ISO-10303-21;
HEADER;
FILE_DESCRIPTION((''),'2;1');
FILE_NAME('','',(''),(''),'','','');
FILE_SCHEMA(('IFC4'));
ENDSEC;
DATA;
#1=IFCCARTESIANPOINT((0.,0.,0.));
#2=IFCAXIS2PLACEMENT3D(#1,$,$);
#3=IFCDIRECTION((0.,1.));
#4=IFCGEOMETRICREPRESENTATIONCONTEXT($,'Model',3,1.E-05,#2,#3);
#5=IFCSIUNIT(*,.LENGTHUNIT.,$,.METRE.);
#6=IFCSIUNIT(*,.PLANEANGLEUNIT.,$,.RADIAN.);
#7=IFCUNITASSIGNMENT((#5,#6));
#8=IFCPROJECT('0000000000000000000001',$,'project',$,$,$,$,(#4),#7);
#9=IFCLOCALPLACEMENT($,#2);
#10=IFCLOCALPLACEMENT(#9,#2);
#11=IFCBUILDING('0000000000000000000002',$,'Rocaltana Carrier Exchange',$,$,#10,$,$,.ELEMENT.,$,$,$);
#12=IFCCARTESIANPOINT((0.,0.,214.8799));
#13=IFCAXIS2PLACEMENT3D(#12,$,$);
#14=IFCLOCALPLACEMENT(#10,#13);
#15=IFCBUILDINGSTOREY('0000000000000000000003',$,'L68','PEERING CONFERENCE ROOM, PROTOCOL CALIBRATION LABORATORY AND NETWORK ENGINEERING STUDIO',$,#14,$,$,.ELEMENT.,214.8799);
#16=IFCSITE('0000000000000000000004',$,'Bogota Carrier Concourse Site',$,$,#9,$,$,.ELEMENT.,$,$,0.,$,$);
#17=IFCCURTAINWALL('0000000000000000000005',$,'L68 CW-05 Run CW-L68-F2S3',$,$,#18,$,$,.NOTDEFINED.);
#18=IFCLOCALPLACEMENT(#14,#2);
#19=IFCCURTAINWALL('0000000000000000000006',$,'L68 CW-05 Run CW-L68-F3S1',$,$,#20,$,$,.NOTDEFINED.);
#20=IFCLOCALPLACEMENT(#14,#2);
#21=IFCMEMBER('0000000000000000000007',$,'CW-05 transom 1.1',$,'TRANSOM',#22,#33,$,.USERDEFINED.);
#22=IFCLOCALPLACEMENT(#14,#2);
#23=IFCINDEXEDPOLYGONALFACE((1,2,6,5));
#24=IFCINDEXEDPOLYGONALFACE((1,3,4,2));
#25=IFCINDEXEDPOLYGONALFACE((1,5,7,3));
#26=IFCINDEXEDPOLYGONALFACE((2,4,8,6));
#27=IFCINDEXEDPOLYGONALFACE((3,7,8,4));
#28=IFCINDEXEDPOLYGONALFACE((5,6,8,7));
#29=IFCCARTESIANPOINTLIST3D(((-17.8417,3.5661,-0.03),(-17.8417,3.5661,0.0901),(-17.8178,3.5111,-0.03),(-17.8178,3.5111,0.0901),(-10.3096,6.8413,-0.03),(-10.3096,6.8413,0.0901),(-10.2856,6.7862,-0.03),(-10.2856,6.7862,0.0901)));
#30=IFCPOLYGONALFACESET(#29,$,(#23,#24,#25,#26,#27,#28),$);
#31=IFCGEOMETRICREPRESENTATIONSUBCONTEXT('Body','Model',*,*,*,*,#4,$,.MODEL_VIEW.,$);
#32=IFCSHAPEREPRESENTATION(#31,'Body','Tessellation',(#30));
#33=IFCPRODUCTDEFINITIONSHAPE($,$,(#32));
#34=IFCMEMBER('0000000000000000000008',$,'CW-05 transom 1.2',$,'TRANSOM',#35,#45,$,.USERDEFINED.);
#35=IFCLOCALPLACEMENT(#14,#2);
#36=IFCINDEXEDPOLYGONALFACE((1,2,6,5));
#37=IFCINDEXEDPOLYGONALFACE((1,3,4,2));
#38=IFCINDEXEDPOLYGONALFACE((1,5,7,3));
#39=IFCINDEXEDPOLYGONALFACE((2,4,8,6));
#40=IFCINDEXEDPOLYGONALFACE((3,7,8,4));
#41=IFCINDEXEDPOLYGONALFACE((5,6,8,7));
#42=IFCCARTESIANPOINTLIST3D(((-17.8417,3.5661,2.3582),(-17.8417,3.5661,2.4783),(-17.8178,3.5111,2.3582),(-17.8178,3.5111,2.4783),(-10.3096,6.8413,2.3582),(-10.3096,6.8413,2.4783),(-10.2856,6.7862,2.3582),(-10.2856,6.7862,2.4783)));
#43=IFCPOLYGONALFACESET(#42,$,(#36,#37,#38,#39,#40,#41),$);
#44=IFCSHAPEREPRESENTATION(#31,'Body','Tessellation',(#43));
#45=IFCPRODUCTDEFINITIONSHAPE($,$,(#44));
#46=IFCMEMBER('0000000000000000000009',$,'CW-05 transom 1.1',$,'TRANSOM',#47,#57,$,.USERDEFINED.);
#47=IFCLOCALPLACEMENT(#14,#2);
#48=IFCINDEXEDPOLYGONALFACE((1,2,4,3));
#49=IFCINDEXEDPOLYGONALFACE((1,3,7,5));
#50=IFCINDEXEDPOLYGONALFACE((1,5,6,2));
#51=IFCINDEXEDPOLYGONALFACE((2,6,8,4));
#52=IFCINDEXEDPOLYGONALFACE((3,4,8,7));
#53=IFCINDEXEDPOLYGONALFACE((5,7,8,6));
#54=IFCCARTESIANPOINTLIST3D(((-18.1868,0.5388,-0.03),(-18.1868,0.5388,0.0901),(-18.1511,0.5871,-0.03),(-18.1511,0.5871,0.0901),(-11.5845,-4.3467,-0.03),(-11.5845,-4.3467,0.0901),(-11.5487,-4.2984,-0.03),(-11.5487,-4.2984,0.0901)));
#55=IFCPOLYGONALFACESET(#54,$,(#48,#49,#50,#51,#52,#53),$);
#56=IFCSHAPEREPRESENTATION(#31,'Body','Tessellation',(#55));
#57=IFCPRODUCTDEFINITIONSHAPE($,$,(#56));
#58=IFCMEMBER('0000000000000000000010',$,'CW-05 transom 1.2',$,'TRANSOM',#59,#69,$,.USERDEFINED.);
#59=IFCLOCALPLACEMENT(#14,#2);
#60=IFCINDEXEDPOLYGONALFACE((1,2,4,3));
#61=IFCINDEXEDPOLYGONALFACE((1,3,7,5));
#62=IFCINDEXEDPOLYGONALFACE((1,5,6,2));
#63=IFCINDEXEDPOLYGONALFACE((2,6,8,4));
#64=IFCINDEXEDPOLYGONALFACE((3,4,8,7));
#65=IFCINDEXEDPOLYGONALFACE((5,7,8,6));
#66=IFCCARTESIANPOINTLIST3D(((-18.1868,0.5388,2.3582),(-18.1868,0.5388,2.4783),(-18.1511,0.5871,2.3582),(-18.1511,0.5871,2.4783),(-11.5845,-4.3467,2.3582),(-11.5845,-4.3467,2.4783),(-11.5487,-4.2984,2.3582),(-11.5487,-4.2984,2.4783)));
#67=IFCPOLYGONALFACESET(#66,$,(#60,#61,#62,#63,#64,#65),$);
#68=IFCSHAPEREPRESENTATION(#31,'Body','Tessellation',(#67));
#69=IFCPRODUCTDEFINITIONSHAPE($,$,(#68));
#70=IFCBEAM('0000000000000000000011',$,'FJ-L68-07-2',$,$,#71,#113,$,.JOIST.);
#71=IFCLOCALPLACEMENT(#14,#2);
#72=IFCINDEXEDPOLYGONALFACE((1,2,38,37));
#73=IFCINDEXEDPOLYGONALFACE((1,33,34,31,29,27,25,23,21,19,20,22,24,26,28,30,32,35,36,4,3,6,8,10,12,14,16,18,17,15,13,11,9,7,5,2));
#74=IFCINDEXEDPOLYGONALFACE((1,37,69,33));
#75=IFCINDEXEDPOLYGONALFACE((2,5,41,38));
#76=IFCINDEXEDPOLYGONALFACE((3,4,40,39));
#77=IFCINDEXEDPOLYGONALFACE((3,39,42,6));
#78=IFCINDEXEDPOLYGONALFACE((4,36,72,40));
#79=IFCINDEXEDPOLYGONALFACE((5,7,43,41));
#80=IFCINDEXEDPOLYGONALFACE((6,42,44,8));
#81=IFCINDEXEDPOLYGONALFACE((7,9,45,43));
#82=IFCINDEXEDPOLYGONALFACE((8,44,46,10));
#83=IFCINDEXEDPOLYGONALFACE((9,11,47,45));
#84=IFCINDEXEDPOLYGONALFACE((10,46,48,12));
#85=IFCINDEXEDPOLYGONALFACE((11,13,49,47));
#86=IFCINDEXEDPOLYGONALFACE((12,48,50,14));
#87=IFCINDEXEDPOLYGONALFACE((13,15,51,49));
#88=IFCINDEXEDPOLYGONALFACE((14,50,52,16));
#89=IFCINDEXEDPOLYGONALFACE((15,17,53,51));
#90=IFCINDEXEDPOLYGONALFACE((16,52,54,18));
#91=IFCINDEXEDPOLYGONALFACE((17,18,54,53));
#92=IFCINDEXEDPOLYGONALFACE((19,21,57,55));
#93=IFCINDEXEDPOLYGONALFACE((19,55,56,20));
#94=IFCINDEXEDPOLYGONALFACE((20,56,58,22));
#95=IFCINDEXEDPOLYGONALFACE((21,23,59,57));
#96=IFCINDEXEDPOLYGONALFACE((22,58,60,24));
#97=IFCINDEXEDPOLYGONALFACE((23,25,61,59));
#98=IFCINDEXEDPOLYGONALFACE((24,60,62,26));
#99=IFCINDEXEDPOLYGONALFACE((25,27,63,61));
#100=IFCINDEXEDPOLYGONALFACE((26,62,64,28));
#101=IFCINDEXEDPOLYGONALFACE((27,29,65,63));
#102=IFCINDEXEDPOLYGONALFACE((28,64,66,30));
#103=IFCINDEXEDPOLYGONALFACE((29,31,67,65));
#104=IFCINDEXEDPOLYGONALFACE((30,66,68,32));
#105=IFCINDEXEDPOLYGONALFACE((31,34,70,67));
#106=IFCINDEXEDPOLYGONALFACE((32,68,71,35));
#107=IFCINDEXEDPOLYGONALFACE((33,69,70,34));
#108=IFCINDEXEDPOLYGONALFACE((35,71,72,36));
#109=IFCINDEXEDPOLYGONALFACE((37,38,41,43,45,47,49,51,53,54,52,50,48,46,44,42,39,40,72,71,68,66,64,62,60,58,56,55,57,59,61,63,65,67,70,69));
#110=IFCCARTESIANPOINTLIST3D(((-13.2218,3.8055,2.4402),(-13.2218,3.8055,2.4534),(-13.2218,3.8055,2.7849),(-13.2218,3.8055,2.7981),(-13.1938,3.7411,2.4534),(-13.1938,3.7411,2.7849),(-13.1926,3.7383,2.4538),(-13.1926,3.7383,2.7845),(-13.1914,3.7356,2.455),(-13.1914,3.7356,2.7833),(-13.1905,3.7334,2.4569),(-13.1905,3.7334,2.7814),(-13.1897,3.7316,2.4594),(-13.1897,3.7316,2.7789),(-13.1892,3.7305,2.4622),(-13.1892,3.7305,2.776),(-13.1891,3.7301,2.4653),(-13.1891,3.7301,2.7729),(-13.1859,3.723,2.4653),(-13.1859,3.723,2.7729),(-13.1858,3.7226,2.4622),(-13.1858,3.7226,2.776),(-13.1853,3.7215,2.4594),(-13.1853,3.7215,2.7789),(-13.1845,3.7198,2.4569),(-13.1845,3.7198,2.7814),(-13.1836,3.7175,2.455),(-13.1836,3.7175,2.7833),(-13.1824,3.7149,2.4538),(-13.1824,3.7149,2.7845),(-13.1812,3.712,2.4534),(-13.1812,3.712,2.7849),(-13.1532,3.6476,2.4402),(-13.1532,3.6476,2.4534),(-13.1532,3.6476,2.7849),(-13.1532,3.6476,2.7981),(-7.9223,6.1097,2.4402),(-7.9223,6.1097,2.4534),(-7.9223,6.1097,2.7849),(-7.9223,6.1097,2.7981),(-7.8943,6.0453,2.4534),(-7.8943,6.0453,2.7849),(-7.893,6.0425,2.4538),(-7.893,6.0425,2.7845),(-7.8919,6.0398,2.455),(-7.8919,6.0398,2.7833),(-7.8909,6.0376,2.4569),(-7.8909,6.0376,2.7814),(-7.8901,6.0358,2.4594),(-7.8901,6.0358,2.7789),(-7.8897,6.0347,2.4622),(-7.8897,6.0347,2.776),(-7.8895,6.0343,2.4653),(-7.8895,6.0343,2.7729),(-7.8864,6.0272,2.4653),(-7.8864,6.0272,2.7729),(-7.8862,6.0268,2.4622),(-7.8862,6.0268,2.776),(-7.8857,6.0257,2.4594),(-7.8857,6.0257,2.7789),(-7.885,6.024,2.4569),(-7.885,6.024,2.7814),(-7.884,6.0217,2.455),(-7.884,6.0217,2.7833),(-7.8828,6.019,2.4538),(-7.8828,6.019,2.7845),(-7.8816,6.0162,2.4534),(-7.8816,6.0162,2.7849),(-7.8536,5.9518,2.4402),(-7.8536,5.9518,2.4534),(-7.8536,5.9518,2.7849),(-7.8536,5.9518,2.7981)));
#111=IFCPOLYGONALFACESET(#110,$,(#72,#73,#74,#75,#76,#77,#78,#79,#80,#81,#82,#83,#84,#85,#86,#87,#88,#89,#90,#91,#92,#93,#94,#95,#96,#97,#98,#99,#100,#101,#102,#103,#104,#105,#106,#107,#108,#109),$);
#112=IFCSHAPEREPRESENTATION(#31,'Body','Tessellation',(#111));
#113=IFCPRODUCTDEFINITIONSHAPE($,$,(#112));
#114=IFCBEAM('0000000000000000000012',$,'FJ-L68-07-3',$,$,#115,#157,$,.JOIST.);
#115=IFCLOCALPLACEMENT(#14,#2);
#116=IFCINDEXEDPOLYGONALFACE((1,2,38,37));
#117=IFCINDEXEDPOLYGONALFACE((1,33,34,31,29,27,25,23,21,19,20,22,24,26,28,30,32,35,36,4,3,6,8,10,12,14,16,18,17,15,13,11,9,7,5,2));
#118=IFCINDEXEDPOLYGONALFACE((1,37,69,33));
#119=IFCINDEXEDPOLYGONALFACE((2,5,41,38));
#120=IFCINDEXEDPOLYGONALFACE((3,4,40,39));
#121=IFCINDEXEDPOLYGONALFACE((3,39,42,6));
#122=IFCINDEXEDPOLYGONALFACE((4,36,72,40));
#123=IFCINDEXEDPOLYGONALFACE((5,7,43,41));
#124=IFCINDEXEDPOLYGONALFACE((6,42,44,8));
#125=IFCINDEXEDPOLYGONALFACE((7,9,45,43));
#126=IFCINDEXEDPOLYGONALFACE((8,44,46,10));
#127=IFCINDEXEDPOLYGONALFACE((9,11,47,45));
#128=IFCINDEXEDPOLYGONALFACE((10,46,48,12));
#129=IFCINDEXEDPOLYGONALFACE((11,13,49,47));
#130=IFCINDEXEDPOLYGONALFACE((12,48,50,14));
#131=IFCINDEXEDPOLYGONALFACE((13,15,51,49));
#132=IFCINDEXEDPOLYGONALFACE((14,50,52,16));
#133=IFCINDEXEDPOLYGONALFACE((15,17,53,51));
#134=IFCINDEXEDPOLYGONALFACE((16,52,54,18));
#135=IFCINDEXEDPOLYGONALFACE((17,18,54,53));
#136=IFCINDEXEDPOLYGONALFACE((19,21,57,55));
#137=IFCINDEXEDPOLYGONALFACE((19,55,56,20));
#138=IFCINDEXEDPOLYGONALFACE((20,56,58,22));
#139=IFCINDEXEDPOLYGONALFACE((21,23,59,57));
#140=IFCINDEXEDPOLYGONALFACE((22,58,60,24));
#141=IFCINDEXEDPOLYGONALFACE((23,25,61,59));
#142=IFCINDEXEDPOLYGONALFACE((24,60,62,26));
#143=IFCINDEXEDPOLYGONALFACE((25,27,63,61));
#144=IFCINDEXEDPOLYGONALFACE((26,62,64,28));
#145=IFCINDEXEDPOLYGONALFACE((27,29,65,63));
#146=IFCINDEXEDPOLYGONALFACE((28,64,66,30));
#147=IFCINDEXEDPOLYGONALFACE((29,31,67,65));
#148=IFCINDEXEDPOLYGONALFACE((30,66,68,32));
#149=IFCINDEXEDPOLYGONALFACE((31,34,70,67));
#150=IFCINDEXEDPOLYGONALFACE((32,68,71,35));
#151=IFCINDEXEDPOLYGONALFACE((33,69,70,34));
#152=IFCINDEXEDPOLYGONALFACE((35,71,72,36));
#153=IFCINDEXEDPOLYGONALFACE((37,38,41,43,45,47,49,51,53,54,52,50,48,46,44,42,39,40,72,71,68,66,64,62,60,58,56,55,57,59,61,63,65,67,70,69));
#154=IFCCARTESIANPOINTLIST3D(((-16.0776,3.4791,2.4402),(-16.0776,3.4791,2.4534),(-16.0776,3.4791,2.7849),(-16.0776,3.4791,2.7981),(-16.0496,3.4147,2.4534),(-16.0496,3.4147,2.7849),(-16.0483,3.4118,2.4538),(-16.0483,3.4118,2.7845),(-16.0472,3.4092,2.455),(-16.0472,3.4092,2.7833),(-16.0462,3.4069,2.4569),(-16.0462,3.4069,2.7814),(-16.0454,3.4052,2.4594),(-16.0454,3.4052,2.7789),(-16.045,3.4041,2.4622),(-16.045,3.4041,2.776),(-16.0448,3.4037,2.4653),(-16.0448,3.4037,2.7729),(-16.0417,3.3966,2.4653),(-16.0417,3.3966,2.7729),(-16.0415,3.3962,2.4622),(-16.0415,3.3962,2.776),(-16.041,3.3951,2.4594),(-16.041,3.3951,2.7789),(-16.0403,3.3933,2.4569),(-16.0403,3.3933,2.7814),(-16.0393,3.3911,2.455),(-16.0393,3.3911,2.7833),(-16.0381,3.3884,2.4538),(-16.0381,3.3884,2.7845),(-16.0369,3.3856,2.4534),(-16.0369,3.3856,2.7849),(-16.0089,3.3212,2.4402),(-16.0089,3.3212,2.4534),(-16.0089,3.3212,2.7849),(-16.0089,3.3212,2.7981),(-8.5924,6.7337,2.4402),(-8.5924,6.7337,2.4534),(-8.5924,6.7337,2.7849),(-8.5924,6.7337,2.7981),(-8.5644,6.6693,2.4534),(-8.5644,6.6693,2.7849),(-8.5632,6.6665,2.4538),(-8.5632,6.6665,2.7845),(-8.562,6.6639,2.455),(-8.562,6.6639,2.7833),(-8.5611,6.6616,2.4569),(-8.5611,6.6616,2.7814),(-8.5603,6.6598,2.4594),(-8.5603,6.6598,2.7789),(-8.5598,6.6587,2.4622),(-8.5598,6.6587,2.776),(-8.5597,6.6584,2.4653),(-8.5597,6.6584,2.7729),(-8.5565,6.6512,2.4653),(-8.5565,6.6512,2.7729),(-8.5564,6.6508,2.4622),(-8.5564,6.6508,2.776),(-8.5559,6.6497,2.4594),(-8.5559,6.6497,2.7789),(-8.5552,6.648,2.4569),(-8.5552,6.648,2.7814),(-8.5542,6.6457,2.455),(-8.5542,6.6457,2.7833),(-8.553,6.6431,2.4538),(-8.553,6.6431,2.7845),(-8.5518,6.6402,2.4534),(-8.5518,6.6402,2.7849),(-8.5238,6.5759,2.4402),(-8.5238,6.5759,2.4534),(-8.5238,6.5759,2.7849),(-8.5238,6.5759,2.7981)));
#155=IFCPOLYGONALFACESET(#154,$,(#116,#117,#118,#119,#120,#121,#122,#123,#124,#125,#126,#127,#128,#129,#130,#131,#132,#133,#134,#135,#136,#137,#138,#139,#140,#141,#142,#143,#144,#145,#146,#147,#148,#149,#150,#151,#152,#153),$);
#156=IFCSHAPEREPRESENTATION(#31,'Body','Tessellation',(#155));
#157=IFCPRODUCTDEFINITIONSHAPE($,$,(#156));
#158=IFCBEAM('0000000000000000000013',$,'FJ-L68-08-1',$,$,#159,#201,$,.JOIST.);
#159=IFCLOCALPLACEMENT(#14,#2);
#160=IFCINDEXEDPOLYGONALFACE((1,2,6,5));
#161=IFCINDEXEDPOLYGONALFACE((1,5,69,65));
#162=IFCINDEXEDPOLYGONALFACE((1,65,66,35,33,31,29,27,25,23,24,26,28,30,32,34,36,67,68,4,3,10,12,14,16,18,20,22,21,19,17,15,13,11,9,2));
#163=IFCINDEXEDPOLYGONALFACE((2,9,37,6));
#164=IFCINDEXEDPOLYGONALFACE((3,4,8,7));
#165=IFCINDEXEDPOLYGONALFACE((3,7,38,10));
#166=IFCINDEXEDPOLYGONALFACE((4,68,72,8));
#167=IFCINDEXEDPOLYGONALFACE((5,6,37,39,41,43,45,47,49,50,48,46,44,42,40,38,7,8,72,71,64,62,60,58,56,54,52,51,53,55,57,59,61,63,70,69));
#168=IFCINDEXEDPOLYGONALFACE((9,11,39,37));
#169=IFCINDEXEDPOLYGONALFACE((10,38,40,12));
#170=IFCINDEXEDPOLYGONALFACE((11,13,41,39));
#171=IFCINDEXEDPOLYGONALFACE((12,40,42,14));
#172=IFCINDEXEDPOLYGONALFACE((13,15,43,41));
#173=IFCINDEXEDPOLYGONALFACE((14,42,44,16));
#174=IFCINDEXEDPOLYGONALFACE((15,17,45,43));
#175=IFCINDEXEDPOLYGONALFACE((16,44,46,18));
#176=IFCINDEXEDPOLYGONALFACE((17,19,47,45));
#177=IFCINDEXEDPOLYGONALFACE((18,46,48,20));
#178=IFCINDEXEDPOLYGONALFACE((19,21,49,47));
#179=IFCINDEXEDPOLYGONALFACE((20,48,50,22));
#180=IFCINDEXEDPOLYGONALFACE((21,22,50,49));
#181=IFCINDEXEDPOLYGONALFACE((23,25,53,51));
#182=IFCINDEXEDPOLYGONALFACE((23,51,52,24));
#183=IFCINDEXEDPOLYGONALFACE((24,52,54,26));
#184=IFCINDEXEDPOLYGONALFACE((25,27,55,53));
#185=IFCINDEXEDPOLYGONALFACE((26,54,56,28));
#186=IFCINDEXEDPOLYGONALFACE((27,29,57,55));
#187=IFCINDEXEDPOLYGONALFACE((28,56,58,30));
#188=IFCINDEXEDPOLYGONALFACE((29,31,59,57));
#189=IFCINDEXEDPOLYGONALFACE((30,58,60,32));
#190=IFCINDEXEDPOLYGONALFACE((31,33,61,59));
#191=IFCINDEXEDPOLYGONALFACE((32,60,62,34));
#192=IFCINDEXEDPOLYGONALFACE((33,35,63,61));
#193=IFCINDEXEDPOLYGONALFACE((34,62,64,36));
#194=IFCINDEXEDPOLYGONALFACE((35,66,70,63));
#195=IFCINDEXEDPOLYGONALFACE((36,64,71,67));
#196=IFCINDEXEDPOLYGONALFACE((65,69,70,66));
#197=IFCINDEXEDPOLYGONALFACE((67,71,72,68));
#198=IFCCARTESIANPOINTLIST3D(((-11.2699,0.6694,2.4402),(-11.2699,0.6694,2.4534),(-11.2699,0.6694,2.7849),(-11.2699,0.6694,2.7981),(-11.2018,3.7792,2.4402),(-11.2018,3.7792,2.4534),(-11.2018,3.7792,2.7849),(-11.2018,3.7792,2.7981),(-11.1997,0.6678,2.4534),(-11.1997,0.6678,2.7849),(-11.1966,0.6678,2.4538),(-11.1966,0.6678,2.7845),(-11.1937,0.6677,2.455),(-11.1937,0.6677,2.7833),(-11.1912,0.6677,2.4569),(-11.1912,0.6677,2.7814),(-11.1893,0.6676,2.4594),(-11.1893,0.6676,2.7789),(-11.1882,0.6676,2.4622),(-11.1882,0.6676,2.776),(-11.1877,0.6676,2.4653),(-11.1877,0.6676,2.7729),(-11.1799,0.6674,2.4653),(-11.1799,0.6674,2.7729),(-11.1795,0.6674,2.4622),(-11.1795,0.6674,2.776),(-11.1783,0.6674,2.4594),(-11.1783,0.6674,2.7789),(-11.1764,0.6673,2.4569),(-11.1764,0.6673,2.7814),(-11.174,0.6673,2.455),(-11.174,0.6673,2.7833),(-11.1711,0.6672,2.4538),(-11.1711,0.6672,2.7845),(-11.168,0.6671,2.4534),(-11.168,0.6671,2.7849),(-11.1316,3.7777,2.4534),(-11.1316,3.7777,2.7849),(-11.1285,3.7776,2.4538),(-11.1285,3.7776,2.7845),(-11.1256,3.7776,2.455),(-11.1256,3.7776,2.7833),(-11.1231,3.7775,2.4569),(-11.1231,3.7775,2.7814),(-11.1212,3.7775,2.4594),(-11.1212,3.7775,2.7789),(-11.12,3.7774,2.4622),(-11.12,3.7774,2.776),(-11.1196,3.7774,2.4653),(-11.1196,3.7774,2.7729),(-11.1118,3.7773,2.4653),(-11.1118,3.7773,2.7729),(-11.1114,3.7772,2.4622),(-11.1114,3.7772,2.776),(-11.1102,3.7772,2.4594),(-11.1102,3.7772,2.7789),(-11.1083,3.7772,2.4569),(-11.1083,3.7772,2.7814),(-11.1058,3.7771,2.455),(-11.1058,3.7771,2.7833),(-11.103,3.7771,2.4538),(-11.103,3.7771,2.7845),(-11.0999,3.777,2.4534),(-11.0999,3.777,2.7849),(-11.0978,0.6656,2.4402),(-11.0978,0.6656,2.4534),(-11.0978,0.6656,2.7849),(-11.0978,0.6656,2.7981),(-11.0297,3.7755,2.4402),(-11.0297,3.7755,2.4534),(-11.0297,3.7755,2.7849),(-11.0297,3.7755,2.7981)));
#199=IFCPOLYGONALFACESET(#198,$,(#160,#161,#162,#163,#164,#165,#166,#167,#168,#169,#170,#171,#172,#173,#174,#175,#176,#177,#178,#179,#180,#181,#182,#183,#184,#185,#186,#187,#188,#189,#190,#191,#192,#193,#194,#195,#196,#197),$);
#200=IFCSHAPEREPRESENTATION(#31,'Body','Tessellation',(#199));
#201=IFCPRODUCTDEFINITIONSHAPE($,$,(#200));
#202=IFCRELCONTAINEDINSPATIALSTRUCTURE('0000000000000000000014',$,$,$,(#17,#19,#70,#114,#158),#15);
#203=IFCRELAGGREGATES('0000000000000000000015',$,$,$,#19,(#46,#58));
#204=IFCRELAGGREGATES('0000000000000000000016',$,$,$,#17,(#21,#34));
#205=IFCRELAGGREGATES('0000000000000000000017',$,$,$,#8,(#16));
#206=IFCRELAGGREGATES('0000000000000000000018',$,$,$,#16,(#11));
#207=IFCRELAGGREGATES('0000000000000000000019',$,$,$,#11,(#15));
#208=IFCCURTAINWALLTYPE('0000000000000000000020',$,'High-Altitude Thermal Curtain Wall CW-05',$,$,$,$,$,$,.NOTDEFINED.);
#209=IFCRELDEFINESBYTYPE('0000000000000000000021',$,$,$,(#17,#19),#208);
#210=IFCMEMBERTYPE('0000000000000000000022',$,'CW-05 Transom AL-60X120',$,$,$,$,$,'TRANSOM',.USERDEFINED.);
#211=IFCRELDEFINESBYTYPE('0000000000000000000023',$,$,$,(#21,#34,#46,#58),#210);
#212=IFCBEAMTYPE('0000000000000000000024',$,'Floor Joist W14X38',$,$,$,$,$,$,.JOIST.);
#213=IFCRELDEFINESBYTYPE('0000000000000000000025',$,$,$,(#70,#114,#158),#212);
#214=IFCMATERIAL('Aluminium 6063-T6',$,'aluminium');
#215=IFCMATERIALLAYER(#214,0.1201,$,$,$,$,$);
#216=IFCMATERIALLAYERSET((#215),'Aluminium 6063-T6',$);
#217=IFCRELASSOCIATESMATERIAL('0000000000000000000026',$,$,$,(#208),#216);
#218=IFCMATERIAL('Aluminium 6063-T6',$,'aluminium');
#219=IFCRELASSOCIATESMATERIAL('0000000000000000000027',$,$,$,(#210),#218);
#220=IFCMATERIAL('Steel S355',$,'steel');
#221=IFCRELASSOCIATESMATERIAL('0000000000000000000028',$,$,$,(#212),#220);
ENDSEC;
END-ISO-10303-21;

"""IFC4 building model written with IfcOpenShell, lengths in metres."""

from ifc_helpers import new_model, si_unit, direction, frame, origin, origin_2d, place, context, subcontext, project, spatial, rectangle, i_section, extrude, material, layer, layer_set, material_profile, profile_set, type_object, element, aggregate, save


model = new_model("IFC4")

# Units and contexts
model_context = context("Model", 3, precision=1e-05, world=origin(), true_north=direction((0.0, 1.0)))
body_context = subcontext(model_context, "Body", "Model", "MODEL_VIEW")
ifc_project = project(units=[si_unit("LENGTHUNIT", "METRE"), si_unit("PLANEANGLEUNIT", "RADIAN")], contexts=[model_context])

# Site, building, storey
site_placement = place(None, origin())
site = spatial("IfcSite", under=ifc_project, at=site_placement, Name="Bogota Carrier Concourse Site", CompositionType="ELEMENT", RefElevation=0.0)
building_placement = place(site_placement, origin())
building = spatial("IfcBuilding", under=site, at=building_placement, Name="Rocaltana Carrier Exchange", CompositionType="ELEMENT")
storey_placement = place(building_placement, frame((0.0, 0.0, 214.8799)))
storey = spatial("IfcBuildingStorey", under=building, at=storey_placement, Name="L68", Description="PEERING CONFERENCE ROOM, PROTOCOL CALIBRATION LABORATORY AND NETWORK ENGINEERING STUDIO", CompositionType="ELEMENT", Elevation=214.8799)

# Shared definitions
ifc_material_1 = material(Name="Aluminium 6063-T6", Category="aluminium")
ifc_layer_1 = layer(ifc_material_1, 0.1201)
ifc_layer_set_1 = layer_set([ifc_layer_1], Name="Aluminium 6063-T6")
curtain_wall_type = type_object("IfcCurtainWallType", Name="High-Altitude Thermal Curtain Wall CW-05", PredefinedType="NOTDEFINED", material=ifc_layer_set_1)

# Curtain wall
curtain_wall_1_placement = place(storey_placement, origin())
curtain_wall_1 = element("IfcCurtainWall", 1, at=curtain_wall_1_placement, inside=storey, type_object=curtain_wall_type, Name="L68 CW-05 Run CW-L68-F2S3", PredefinedType="NOTDEFINED")

# Curtain wall
curtain_wall_2_placement = place(storey_placement, origin())
curtain_wall_2 = element("IfcCurtainWall", 2, at=curtain_wall_2_placement, inside=storey, type_object=curtain_wall_type, Name="L68 CW-05 Run CW-L68-F3S1", PredefinedType="NOTDEFINED")

# Members
ifc_material_2 = material(Name="Aluminium 6063-T6", Category="aluminium")
ifc_material_profile_1 = material_profile(ifc_material_2, rectangle(XDim=0.0601, YDim=0.1201, at=origin_2d()), Name="AL-60X120")
ifc_profile_set_1 = profile_set([ifc_material_profile_1], Name="Aluminium 6063-T6")
member_type_1 = type_object("IfcMemberType", Name="CW-05 Transom AL-60X120", ElementType="TRANSOM", PredefinedType="USERDEFINED", material=ifc_profile_set_1)
member_1_placement = place(storey_placement, frame((-10.2976, 6.8137, 0.03), z_axis=(-0.917058, -0.398753, 0.0), x_axis=(0.398753, -0.917058, 0.0)))
member_1 = element("IfcMember", 3, at=member_1_placement, type_object=member_type_1, Name="CW-05 transom 1.1", ObjectType="TRANSOM", PredefinedType="USERDEFINED", context=body_context, shape_type="SweptSolid", body=[
    extrude(rectangle(XDim=0.0601, YDim=0.1201, at=origin_2d()), origin(), (0.0, 0.0, 1.0), 8.2134),
])
member_2_placement = place(storey_placement, frame((-10.2976, 6.8137, 2.4182), z_axis=(-0.917058, -0.398753, 0.0), x_axis=(0.398753, -0.917058, 0.0)))
member_2 = element("IfcMember", 4, at=member_2_placement, type_object=member_type_1, Name="CW-05 transom 1.2", ObjectType="TRANSOM", PredefinedType="USERDEFINED", context=body_context, shape_type="SweptSolid", body=[
    extrude(rectangle(XDim=0.0601, YDim=0.1201, at=origin_2d()), origin(), (0.0, 0.0, 1.0), 8.2134),
])
member_3_placement = place(storey_placement, frame((-18.1689, 0.563, 0.03), z_axis=(0.803854, -0.594827, 0.0), x_axis=(0.594827, 0.803854, 0.0)))
member_3 = element("IfcMember", 5, at=member_3_placement, type_object=member_type_1, Name="CW-05 transom 1.1", ObjectType="TRANSOM", PredefinedType="USERDEFINED", context=body_context, shape_type="SweptSolid", body=[
    extrude(rectangle(XDim=0.0601, YDim=0.1201, at=origin_2d()), origin(), (0.0, 0.0, 1.0), 8.2134),
])
member_4_placement = place(storey_placement, frame((-18.1689, 0.563, 2.4182), z_axis=(0.803854, -0.594827, 0.0), x_axis=(0.594827, 0.803854, 0.0)))
member_4 = element("IfcMember", 6, at=member_4_placement, type_object=member_type_1, Name="CW-05 transom 1.2", ObjectType="TRANSOM", PredefinedType="USERDEFINED", context=body_context, shape_type="SweptSolid", body=[
    extrude(rectangle(XDim=0.0601, YDim=0.1201, at=origin_2d()), origin(), (0.0, 0.0, 1.0), 8.2134),
])
aggregate(curtain_wall_2, [member_3, member_4])

# Beams
ifc_material_3 = material(Name="Steel S355", Category="steel")
ifc_material_profile_2 = material_profile(ifc_material_3, i_section(OverallWidth=0.1721, OverallDepth=0.3579, WebThickness=0.0078, FlangeThickness=0.0132, FilletRadius=0.012, at=origin_2d()), Name="W14X38")
ifc_profile_set_2 = profile_set([ifc_material_profile_2], Name="Steel S355")
beam_type_1 = type_object("IfcBeamType", Name="Floor Joist W14X38", PredefinedType="JOIST", material=ifc_profile_set_2)
beam_1_placement = place(storey_placement, frame((-7.8879, 6.0308, 2.6191), z_axis=(-0.917067, -0.398732, 0.0), x_axis=(0.398732, -0.917067, 0.0)))
element("IfcBeam", 7, at=beam_1_placement, inside=storey, type_object=beam_type_1, Name="FJ-L68-07-2", PredefinedType="JOIST", context=body_context, shape_type="SweptSolid", body=[
    extrude(i_section(OverallWidth=0.1721, OverallDepth=0.3579, WebThickness=0.0078, FlangeThickness=0.0132, FilletRadius=0.012, at=origin_2d()), origin(), (0.0, 0.0, 1.0), 5.7788),
])
beam_2_placement = place(storey_placement, frame((-8.5581, 6.6548, 2.6191), z_axis=(-0.917059, -0.398751, 0.0), x_axis=(0.398751, -0.917059, 0.0)))
element("IfcBeam", 8, at=beam_2_placement, inside=storey, type_object=beam_type_1, Name="FJ-L68-07-3", PredefinedType="JOIST", context=body_context, shape_type="SweptSolid", body=[
    extrude(i_section(OverallWidth=0.1721, OverallDepth=0.3579, WebThickness=0.0078, FlangeThickness=0.0132, FilletRadius=0.012, at=origin_2d()), origin(), (0.0, 0.0, 1.0), 8.1621),
])
beam_3_placement = place(storey_placement, frame((-11.1157, 3.7773, 2.6191), z_axis=(-0.021898, -0.99976, 0.0), x_axis=(0.99976, -0.021898, 0.0)))
element("IfcBeam", 9, at=beam_3_placement, inside=storey, type_object=beam_type_1, Name="FJ-L68-08-1", PredefinedType="JOIST", context=body_context, shape_type="SweptSolid", body=[
    extrude(i_section(OverallWidth=0.1721, OverallDepth=0.3579, WebThickness=0.0078, FlangeThickness=0.0132, FilletRadius=0.012, at=origin_2d()), origin(), (0.0, 0.0, 1.0), 3.1106),
])

aggregate(curtain_wall_1, [member_1, member_2])

save(model, "model.ifc")
